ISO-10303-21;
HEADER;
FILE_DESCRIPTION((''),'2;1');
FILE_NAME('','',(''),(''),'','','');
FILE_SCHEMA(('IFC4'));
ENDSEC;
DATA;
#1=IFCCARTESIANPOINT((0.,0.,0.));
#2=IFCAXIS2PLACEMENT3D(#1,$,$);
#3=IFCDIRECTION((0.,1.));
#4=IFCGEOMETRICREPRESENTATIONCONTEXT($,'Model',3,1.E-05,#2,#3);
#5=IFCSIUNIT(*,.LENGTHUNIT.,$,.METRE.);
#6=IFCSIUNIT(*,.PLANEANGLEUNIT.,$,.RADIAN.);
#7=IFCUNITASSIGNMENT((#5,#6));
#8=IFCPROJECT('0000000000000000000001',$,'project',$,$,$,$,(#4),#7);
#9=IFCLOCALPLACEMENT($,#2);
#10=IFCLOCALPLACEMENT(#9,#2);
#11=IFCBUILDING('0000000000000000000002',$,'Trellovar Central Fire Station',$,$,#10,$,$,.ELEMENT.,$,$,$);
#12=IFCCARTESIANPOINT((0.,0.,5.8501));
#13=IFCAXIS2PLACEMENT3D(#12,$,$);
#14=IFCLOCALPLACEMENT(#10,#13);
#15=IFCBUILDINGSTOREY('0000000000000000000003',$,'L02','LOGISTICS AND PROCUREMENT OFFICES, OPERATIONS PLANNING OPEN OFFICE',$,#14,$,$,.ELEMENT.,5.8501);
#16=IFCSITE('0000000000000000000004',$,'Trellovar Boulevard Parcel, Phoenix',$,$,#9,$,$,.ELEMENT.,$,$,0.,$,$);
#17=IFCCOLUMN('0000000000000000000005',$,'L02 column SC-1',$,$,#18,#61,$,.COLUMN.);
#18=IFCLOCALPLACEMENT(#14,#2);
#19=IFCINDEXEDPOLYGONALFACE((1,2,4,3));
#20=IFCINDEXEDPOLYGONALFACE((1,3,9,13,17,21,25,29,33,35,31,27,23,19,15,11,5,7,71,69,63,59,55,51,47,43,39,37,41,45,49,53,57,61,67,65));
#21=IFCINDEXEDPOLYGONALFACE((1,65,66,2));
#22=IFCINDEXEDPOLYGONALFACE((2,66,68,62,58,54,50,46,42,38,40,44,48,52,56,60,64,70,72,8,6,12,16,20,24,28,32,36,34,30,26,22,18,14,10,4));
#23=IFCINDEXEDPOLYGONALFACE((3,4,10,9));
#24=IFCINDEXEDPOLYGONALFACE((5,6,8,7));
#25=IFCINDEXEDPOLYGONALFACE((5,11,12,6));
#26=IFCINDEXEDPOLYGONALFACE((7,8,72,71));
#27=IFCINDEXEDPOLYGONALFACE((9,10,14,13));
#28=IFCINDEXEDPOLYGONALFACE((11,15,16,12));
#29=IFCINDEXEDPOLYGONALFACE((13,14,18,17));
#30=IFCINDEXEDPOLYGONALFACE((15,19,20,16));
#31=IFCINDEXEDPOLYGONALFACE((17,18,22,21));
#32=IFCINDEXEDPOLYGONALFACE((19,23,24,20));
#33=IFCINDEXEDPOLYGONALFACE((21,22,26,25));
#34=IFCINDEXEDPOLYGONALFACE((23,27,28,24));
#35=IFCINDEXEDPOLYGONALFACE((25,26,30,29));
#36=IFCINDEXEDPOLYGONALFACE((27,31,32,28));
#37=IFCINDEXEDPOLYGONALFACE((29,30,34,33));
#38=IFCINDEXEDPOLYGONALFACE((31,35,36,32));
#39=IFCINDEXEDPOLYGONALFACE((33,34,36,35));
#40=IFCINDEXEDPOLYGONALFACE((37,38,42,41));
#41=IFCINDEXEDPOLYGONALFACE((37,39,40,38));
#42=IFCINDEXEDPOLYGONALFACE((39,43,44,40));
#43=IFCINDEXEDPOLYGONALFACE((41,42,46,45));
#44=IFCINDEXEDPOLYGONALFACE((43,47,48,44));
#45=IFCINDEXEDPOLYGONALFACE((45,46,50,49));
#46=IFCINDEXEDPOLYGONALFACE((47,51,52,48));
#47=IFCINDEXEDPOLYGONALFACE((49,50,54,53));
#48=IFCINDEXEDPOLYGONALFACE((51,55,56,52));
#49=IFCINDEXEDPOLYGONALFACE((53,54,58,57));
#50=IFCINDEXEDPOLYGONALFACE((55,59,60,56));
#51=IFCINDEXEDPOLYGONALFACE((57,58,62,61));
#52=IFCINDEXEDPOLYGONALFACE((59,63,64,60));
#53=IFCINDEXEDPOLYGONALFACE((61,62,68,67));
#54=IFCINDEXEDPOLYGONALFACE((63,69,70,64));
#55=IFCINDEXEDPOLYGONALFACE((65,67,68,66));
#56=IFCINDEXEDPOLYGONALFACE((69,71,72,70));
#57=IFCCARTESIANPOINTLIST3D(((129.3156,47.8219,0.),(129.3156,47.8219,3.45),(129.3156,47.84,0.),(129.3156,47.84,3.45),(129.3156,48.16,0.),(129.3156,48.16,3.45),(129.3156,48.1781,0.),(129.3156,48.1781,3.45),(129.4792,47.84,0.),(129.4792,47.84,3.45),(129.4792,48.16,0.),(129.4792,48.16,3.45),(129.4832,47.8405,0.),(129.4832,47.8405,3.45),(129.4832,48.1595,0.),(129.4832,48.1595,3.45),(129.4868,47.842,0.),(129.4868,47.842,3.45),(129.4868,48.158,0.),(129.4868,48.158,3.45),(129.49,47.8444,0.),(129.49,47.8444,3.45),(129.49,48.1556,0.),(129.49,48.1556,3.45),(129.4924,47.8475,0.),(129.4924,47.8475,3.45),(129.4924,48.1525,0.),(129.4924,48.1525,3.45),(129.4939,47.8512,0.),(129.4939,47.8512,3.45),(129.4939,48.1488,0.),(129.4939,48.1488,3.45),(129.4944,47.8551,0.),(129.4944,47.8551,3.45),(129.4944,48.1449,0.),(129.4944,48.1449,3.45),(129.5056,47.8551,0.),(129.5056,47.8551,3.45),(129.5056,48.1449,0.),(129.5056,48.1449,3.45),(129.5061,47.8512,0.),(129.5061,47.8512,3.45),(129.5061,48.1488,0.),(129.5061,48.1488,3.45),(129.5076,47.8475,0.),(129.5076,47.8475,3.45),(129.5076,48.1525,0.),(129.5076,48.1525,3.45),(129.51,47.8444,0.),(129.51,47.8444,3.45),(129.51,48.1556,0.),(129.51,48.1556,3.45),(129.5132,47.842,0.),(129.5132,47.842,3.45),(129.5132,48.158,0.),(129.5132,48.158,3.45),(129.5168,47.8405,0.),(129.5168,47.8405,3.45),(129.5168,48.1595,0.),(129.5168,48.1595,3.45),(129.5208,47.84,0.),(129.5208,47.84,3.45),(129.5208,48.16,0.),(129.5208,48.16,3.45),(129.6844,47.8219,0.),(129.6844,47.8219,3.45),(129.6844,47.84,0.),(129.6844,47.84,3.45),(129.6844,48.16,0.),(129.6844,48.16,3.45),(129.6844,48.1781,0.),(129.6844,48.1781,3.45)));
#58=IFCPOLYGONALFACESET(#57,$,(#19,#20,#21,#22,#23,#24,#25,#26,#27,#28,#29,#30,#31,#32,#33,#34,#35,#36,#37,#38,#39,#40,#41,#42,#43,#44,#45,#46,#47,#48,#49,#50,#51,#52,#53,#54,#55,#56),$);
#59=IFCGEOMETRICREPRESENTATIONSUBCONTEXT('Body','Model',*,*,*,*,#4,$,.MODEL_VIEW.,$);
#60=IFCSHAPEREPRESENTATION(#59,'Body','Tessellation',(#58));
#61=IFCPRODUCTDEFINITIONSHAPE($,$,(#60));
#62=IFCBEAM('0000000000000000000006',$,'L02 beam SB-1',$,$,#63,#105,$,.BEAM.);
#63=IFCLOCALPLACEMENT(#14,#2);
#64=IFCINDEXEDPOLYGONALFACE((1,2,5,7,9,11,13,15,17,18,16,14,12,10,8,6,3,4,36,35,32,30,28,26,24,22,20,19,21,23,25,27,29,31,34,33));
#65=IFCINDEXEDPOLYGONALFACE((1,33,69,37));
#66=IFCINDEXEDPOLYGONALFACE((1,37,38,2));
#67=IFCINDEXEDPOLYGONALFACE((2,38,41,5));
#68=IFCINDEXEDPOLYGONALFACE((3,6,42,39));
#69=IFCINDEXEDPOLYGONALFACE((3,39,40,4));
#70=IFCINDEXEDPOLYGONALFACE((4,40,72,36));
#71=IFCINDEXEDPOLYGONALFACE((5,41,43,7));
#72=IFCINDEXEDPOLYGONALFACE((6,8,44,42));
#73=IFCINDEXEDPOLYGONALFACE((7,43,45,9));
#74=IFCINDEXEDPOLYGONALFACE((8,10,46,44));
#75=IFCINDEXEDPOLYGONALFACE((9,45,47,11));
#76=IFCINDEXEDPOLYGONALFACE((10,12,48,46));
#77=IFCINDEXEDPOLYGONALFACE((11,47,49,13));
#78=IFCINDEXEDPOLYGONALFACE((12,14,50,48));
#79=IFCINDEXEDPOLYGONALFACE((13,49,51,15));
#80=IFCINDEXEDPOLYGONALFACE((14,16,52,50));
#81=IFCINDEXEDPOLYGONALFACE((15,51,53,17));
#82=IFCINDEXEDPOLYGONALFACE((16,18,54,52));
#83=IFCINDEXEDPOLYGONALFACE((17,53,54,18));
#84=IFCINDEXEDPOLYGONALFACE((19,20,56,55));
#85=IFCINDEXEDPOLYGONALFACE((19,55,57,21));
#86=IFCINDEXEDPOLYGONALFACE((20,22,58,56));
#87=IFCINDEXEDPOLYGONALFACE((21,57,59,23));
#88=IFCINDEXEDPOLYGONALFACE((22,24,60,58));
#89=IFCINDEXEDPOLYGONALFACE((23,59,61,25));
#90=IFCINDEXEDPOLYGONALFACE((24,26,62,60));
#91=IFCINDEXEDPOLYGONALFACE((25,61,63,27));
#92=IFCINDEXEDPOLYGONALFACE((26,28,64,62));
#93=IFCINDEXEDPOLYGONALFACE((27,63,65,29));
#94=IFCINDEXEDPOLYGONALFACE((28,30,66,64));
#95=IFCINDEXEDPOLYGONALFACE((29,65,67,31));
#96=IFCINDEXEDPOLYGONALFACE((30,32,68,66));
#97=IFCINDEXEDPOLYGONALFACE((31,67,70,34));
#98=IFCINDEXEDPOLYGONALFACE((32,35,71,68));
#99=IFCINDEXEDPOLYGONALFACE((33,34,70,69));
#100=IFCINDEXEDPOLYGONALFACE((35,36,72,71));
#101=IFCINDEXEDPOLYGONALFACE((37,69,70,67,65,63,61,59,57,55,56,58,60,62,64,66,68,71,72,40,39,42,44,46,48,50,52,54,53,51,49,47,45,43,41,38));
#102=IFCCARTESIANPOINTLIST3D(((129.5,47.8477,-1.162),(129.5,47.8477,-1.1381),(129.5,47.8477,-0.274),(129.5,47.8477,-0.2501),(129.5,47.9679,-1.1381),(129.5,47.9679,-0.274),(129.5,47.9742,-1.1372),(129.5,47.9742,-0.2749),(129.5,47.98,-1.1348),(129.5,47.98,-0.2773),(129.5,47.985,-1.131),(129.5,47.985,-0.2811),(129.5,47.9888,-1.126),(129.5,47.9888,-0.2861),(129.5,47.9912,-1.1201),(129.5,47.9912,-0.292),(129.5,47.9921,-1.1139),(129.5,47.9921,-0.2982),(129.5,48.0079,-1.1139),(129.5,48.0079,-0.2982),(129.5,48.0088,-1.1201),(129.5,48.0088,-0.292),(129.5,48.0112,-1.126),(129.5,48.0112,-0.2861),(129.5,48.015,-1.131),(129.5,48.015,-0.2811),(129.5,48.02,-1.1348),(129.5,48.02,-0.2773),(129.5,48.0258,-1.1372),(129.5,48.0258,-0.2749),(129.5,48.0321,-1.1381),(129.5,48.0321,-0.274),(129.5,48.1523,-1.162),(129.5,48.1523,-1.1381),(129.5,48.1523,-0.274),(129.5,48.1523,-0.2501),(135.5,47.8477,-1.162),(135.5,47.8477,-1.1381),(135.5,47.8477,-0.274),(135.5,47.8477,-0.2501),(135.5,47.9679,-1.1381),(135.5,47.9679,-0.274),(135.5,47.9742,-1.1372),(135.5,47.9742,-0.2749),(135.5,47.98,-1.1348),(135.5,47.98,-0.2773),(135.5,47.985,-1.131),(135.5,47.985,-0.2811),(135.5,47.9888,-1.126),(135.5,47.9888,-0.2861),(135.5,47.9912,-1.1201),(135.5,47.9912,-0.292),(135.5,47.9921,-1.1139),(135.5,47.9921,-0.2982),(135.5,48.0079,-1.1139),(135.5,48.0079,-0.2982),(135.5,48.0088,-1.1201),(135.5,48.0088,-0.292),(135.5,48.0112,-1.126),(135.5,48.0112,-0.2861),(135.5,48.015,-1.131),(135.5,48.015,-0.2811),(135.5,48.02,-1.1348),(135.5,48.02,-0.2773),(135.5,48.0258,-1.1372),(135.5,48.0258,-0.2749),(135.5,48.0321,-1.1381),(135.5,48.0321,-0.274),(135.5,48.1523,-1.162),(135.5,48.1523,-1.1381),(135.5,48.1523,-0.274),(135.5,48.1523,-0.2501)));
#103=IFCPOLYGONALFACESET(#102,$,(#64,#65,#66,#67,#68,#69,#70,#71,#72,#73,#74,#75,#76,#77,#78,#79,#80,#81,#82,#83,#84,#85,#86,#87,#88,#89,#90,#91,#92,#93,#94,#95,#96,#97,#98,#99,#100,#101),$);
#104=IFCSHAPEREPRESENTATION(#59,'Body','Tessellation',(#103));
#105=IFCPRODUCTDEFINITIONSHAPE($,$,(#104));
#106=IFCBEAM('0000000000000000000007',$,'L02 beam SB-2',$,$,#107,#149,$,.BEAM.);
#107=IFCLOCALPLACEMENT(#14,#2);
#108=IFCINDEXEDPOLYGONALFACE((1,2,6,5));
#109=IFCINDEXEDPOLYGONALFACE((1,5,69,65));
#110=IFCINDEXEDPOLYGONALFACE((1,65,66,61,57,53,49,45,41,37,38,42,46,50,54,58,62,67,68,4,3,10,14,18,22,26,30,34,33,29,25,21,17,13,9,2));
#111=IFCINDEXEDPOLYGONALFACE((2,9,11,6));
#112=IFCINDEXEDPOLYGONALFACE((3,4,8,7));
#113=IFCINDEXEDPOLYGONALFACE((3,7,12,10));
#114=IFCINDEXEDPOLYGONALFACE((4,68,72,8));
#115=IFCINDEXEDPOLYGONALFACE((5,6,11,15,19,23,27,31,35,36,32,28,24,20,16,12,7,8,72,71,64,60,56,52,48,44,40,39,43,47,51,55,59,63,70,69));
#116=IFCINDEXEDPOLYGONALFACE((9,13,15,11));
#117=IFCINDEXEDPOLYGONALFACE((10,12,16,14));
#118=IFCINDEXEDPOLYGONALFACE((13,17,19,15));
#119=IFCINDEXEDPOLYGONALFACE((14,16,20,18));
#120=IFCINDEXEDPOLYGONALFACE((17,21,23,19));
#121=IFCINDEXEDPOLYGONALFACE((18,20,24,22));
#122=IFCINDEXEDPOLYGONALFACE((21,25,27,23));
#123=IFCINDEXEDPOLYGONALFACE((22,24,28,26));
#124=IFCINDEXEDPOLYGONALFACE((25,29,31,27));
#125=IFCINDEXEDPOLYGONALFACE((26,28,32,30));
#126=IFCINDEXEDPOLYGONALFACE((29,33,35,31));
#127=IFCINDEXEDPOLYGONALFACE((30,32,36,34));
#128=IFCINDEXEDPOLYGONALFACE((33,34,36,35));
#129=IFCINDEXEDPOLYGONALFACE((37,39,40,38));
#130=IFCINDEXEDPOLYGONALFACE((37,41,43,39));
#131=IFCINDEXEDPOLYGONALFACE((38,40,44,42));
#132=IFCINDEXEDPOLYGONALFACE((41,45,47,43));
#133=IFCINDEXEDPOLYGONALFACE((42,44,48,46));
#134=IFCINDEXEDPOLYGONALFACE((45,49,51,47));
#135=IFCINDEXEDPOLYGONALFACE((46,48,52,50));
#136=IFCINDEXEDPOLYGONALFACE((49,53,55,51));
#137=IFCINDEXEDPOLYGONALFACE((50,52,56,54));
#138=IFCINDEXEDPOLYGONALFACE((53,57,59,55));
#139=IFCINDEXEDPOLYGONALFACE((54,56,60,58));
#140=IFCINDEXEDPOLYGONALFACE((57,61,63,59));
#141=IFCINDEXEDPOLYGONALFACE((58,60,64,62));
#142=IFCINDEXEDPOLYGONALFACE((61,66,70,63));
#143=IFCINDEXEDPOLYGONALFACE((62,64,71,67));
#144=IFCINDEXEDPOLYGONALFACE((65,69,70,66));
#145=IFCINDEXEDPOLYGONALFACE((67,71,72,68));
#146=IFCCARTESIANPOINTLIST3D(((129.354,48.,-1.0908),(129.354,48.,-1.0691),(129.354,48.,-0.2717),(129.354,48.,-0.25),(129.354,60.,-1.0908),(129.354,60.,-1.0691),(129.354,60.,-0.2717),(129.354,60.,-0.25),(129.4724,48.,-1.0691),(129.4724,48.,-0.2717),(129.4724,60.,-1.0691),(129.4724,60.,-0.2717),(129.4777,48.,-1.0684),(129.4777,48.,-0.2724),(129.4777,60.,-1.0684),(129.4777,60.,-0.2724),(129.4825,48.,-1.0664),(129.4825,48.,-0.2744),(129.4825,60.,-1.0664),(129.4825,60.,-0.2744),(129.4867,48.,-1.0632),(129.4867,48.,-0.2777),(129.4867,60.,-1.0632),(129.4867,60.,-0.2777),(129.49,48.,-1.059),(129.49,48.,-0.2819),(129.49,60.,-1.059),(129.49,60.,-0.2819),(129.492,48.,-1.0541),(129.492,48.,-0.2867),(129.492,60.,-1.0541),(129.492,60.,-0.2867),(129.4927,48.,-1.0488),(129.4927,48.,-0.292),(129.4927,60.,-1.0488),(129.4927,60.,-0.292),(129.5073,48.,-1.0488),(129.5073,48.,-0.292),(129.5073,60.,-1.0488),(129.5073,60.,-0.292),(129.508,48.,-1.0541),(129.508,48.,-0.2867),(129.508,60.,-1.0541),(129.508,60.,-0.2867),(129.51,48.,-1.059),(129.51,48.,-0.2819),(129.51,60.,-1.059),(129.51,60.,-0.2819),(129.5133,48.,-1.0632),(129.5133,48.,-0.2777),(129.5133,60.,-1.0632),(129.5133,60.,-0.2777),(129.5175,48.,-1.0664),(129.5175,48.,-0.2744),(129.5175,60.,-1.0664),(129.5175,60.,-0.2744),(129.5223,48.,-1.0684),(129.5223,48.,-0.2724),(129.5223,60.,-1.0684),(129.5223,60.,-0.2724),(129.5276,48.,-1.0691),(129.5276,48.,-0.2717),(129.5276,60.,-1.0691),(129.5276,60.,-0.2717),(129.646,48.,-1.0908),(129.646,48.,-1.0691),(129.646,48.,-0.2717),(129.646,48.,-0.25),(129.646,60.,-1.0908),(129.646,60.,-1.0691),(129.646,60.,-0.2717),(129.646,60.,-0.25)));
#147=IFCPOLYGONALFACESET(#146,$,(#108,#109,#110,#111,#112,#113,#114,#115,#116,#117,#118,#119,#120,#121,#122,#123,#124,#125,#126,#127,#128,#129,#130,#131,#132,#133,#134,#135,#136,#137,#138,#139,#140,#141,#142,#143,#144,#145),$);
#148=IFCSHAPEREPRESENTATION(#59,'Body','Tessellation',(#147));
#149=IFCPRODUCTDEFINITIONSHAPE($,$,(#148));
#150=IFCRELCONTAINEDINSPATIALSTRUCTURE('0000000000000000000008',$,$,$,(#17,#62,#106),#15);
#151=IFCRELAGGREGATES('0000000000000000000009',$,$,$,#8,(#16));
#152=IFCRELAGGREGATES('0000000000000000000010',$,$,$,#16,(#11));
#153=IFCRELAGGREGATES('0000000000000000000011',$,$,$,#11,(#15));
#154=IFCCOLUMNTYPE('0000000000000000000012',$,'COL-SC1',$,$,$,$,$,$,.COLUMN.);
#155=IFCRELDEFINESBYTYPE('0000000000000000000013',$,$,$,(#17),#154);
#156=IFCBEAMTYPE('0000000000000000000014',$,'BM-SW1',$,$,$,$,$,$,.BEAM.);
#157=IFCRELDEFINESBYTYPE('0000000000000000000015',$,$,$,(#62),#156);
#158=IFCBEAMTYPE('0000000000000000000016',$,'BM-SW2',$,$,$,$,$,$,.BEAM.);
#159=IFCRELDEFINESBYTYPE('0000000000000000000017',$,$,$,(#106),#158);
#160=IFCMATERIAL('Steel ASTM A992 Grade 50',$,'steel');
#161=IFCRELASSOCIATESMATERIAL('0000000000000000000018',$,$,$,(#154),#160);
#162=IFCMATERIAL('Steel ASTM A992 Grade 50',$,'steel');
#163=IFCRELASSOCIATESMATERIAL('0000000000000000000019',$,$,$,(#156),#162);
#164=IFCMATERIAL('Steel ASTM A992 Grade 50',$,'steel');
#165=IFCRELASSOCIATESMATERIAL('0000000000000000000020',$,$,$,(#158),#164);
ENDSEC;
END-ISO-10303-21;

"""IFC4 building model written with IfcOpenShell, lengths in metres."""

from ifc_helpers import new_model, si_unit, direction, frame, origin, origin_2d, place, context, subcontext, project, spatial, i_section, extrude, material, material_profile, profile_set, type_object, element, save


model = new_model("IFC4")

# Units and contexts
model_context = context("Model", 3, precision=1e-05, world=origin(), true_north=direction((0.0, 1.0)))
body_context = subcontext(model_context, "Body", "Model", "MODEL_VIEW")
ifc_project = project(units=[si_unit("LENGTHUNIT", "METRE"), si_unit("PLANEANGLEUNIT", "RADIAN")], contexts=[model_context])

# Site, building, storey
site_placement = place(None, origin())
site = spatial("IfcSite", under=ifc_project, at=site_placement, Name="Trellovar Boulevard Parcel, Phoenix", CompositionType="ELEMENT", RefElevation=0.0)
building_placement = place(site_placement, origin())
building = spatial("IfcBuilding", under=site, at=building_placement, Name="Trellovar Central Fire Station", CompositionType="ELEMENT")
storey_placement = place(building_placement, frame((0.0, 0.0, 5.8501)))
storey = spatial("IfcBuildingStorey", under=building, at=storey_placement, Name="L02", Description="LOGISTICS AND PROCUREMENT OFFICES, OPERATIONS PLANNING OPEN OFFICE", CompositionType="ELEMENT", Elevation=5.8501)

# Column
ifc_material_1 = material(Name="Steel ASTM A992 Grade 50", Category="steel")
ifc_material_profile_1 = material_profile(ifc_material_1, i_section(OverallWidth=0.3689, OverallDepth=0.3562, WebThickness=0.0112, FlangeThickness=0.0181, FilletRadius=0.0151, at=origin_2d()), Name="W14X90")
ifc_profile_set_1 = profile_set([ifc_material_profile_1], Name="Steel ASTM A992 Grade 50")
column_type = type_object("IfcColumnType", Name="COL-SC1", PredefinedType="COLUMN", material=ifc_profile_set_1)
column_placement = place(storey_placement, frame((129.5, 48.0, 0.0), z_axis=(0.0, 0.0, 1.0), x_axis=(1.0, 0.0, 0.0)))
element("IfcColumn", 1, at=column_placement, inside=storey, type_object=column_type, Name="L02 column SC-1", PredefinedType="COLUMN", context=body_context, shape_type="SweptSolid", body=[
    extrude(i_section(OverallWidth=0.3689, OverallDepth=0.3562, WebThickness=0.0112, FlangeThickness=0.0181, FilletRadius=0.0151, at=origin_2d()), origin(), (0.0, 0.0, 1.0), 3.45),
])

# Beams
ifc_material_2 = material(Name="Steel ASTM A992 Grade 50", Category="steel")
ifc_material_profile_2 = material_profile(ifc_material_2, i_section(OverallWidth=0.3047, OverallDepth=0.9119, WebThickness=0.0159, FlangeThickness=0.0239, FilletRadius=0.0242, at=origin_2d()), Name="W36X150")
ifc_profile_set_2 = profile_set([ifc_material_profile_2], Name="Steel ASTM A992 Grade 50")
beam_type_1 = type_object("IfcBeamType", Name="BM-SW1", PredefinedType="BEAM", material=ifc_profile_set_2)
beam_1_placement = place(storey_placement, frame((129.5, 48.0, -0.7061), z_axis=(1.0, 0.0, 0.0), x_axis=(0.0, 1.0, 0.0)))
element("IfcBeam", 2, at=beam_1_placement, inside=storey, type_object=beam_type_1, Name="L02 beam SB-1", PredefinedType="BEAM", context=body_context, shape_type="SweptSolid", body=[
    extrude(i_section(OverallWidth=0.3047, OverallDepth=0.9119, WebThickness=0.0159, FlangeThickness=0.0239, FilletRadius=0.0242, at=origin_2d()), origin(), (0.0, 0.0, 1.0), 6.0),
])
ifc_material_3 = material(Name="Steel ASTM A992 Grade 50", Category="steel")
ifc_material_profile_3 = material_profile(ifc_material_3, i_section(OverallWidth=0.292, OverallDepth=0.8408, WebThickness=0.0146, FlangeThickness=0.0217, FilletRadius=0.0203, at=origin_2d()), Name="W33X130")
ifc_profile_set_3 = profile_set([ifc_material_profile_3], Name="Steel ASTM A992 Grade 50")
beam_type_2 = type_object("IfcBeamType", Name="BM-SW2", PredefinedType="BEAM", material=ifc_profile_set_3)
beam_2_placement = place(storey_placement, frame((129.5, 48.0, -0.6704), z_axis=(0.0, 1.0, 0.0), x_axis=(-1.0, 0.0, 0.0)))
element("IfcBeam", 3, at=beam_2_placement, inside=storey, type_object=beam_type_2, Name="L02 beam SB-2", PredefinedType="BEAM", context=body_context, shape_type="SweptSolid", body=[
    extrude(i_section(OverallWidth=0.292, OverallDepth=0.8408, WebThickness=0.0146, FlangeThickness=0.0217, FilletRadius=0.0203, at=origin_2d()), origin(), (0.0, 0.0, 1.0), 12.0),
])

save(model, "model.ifc")
